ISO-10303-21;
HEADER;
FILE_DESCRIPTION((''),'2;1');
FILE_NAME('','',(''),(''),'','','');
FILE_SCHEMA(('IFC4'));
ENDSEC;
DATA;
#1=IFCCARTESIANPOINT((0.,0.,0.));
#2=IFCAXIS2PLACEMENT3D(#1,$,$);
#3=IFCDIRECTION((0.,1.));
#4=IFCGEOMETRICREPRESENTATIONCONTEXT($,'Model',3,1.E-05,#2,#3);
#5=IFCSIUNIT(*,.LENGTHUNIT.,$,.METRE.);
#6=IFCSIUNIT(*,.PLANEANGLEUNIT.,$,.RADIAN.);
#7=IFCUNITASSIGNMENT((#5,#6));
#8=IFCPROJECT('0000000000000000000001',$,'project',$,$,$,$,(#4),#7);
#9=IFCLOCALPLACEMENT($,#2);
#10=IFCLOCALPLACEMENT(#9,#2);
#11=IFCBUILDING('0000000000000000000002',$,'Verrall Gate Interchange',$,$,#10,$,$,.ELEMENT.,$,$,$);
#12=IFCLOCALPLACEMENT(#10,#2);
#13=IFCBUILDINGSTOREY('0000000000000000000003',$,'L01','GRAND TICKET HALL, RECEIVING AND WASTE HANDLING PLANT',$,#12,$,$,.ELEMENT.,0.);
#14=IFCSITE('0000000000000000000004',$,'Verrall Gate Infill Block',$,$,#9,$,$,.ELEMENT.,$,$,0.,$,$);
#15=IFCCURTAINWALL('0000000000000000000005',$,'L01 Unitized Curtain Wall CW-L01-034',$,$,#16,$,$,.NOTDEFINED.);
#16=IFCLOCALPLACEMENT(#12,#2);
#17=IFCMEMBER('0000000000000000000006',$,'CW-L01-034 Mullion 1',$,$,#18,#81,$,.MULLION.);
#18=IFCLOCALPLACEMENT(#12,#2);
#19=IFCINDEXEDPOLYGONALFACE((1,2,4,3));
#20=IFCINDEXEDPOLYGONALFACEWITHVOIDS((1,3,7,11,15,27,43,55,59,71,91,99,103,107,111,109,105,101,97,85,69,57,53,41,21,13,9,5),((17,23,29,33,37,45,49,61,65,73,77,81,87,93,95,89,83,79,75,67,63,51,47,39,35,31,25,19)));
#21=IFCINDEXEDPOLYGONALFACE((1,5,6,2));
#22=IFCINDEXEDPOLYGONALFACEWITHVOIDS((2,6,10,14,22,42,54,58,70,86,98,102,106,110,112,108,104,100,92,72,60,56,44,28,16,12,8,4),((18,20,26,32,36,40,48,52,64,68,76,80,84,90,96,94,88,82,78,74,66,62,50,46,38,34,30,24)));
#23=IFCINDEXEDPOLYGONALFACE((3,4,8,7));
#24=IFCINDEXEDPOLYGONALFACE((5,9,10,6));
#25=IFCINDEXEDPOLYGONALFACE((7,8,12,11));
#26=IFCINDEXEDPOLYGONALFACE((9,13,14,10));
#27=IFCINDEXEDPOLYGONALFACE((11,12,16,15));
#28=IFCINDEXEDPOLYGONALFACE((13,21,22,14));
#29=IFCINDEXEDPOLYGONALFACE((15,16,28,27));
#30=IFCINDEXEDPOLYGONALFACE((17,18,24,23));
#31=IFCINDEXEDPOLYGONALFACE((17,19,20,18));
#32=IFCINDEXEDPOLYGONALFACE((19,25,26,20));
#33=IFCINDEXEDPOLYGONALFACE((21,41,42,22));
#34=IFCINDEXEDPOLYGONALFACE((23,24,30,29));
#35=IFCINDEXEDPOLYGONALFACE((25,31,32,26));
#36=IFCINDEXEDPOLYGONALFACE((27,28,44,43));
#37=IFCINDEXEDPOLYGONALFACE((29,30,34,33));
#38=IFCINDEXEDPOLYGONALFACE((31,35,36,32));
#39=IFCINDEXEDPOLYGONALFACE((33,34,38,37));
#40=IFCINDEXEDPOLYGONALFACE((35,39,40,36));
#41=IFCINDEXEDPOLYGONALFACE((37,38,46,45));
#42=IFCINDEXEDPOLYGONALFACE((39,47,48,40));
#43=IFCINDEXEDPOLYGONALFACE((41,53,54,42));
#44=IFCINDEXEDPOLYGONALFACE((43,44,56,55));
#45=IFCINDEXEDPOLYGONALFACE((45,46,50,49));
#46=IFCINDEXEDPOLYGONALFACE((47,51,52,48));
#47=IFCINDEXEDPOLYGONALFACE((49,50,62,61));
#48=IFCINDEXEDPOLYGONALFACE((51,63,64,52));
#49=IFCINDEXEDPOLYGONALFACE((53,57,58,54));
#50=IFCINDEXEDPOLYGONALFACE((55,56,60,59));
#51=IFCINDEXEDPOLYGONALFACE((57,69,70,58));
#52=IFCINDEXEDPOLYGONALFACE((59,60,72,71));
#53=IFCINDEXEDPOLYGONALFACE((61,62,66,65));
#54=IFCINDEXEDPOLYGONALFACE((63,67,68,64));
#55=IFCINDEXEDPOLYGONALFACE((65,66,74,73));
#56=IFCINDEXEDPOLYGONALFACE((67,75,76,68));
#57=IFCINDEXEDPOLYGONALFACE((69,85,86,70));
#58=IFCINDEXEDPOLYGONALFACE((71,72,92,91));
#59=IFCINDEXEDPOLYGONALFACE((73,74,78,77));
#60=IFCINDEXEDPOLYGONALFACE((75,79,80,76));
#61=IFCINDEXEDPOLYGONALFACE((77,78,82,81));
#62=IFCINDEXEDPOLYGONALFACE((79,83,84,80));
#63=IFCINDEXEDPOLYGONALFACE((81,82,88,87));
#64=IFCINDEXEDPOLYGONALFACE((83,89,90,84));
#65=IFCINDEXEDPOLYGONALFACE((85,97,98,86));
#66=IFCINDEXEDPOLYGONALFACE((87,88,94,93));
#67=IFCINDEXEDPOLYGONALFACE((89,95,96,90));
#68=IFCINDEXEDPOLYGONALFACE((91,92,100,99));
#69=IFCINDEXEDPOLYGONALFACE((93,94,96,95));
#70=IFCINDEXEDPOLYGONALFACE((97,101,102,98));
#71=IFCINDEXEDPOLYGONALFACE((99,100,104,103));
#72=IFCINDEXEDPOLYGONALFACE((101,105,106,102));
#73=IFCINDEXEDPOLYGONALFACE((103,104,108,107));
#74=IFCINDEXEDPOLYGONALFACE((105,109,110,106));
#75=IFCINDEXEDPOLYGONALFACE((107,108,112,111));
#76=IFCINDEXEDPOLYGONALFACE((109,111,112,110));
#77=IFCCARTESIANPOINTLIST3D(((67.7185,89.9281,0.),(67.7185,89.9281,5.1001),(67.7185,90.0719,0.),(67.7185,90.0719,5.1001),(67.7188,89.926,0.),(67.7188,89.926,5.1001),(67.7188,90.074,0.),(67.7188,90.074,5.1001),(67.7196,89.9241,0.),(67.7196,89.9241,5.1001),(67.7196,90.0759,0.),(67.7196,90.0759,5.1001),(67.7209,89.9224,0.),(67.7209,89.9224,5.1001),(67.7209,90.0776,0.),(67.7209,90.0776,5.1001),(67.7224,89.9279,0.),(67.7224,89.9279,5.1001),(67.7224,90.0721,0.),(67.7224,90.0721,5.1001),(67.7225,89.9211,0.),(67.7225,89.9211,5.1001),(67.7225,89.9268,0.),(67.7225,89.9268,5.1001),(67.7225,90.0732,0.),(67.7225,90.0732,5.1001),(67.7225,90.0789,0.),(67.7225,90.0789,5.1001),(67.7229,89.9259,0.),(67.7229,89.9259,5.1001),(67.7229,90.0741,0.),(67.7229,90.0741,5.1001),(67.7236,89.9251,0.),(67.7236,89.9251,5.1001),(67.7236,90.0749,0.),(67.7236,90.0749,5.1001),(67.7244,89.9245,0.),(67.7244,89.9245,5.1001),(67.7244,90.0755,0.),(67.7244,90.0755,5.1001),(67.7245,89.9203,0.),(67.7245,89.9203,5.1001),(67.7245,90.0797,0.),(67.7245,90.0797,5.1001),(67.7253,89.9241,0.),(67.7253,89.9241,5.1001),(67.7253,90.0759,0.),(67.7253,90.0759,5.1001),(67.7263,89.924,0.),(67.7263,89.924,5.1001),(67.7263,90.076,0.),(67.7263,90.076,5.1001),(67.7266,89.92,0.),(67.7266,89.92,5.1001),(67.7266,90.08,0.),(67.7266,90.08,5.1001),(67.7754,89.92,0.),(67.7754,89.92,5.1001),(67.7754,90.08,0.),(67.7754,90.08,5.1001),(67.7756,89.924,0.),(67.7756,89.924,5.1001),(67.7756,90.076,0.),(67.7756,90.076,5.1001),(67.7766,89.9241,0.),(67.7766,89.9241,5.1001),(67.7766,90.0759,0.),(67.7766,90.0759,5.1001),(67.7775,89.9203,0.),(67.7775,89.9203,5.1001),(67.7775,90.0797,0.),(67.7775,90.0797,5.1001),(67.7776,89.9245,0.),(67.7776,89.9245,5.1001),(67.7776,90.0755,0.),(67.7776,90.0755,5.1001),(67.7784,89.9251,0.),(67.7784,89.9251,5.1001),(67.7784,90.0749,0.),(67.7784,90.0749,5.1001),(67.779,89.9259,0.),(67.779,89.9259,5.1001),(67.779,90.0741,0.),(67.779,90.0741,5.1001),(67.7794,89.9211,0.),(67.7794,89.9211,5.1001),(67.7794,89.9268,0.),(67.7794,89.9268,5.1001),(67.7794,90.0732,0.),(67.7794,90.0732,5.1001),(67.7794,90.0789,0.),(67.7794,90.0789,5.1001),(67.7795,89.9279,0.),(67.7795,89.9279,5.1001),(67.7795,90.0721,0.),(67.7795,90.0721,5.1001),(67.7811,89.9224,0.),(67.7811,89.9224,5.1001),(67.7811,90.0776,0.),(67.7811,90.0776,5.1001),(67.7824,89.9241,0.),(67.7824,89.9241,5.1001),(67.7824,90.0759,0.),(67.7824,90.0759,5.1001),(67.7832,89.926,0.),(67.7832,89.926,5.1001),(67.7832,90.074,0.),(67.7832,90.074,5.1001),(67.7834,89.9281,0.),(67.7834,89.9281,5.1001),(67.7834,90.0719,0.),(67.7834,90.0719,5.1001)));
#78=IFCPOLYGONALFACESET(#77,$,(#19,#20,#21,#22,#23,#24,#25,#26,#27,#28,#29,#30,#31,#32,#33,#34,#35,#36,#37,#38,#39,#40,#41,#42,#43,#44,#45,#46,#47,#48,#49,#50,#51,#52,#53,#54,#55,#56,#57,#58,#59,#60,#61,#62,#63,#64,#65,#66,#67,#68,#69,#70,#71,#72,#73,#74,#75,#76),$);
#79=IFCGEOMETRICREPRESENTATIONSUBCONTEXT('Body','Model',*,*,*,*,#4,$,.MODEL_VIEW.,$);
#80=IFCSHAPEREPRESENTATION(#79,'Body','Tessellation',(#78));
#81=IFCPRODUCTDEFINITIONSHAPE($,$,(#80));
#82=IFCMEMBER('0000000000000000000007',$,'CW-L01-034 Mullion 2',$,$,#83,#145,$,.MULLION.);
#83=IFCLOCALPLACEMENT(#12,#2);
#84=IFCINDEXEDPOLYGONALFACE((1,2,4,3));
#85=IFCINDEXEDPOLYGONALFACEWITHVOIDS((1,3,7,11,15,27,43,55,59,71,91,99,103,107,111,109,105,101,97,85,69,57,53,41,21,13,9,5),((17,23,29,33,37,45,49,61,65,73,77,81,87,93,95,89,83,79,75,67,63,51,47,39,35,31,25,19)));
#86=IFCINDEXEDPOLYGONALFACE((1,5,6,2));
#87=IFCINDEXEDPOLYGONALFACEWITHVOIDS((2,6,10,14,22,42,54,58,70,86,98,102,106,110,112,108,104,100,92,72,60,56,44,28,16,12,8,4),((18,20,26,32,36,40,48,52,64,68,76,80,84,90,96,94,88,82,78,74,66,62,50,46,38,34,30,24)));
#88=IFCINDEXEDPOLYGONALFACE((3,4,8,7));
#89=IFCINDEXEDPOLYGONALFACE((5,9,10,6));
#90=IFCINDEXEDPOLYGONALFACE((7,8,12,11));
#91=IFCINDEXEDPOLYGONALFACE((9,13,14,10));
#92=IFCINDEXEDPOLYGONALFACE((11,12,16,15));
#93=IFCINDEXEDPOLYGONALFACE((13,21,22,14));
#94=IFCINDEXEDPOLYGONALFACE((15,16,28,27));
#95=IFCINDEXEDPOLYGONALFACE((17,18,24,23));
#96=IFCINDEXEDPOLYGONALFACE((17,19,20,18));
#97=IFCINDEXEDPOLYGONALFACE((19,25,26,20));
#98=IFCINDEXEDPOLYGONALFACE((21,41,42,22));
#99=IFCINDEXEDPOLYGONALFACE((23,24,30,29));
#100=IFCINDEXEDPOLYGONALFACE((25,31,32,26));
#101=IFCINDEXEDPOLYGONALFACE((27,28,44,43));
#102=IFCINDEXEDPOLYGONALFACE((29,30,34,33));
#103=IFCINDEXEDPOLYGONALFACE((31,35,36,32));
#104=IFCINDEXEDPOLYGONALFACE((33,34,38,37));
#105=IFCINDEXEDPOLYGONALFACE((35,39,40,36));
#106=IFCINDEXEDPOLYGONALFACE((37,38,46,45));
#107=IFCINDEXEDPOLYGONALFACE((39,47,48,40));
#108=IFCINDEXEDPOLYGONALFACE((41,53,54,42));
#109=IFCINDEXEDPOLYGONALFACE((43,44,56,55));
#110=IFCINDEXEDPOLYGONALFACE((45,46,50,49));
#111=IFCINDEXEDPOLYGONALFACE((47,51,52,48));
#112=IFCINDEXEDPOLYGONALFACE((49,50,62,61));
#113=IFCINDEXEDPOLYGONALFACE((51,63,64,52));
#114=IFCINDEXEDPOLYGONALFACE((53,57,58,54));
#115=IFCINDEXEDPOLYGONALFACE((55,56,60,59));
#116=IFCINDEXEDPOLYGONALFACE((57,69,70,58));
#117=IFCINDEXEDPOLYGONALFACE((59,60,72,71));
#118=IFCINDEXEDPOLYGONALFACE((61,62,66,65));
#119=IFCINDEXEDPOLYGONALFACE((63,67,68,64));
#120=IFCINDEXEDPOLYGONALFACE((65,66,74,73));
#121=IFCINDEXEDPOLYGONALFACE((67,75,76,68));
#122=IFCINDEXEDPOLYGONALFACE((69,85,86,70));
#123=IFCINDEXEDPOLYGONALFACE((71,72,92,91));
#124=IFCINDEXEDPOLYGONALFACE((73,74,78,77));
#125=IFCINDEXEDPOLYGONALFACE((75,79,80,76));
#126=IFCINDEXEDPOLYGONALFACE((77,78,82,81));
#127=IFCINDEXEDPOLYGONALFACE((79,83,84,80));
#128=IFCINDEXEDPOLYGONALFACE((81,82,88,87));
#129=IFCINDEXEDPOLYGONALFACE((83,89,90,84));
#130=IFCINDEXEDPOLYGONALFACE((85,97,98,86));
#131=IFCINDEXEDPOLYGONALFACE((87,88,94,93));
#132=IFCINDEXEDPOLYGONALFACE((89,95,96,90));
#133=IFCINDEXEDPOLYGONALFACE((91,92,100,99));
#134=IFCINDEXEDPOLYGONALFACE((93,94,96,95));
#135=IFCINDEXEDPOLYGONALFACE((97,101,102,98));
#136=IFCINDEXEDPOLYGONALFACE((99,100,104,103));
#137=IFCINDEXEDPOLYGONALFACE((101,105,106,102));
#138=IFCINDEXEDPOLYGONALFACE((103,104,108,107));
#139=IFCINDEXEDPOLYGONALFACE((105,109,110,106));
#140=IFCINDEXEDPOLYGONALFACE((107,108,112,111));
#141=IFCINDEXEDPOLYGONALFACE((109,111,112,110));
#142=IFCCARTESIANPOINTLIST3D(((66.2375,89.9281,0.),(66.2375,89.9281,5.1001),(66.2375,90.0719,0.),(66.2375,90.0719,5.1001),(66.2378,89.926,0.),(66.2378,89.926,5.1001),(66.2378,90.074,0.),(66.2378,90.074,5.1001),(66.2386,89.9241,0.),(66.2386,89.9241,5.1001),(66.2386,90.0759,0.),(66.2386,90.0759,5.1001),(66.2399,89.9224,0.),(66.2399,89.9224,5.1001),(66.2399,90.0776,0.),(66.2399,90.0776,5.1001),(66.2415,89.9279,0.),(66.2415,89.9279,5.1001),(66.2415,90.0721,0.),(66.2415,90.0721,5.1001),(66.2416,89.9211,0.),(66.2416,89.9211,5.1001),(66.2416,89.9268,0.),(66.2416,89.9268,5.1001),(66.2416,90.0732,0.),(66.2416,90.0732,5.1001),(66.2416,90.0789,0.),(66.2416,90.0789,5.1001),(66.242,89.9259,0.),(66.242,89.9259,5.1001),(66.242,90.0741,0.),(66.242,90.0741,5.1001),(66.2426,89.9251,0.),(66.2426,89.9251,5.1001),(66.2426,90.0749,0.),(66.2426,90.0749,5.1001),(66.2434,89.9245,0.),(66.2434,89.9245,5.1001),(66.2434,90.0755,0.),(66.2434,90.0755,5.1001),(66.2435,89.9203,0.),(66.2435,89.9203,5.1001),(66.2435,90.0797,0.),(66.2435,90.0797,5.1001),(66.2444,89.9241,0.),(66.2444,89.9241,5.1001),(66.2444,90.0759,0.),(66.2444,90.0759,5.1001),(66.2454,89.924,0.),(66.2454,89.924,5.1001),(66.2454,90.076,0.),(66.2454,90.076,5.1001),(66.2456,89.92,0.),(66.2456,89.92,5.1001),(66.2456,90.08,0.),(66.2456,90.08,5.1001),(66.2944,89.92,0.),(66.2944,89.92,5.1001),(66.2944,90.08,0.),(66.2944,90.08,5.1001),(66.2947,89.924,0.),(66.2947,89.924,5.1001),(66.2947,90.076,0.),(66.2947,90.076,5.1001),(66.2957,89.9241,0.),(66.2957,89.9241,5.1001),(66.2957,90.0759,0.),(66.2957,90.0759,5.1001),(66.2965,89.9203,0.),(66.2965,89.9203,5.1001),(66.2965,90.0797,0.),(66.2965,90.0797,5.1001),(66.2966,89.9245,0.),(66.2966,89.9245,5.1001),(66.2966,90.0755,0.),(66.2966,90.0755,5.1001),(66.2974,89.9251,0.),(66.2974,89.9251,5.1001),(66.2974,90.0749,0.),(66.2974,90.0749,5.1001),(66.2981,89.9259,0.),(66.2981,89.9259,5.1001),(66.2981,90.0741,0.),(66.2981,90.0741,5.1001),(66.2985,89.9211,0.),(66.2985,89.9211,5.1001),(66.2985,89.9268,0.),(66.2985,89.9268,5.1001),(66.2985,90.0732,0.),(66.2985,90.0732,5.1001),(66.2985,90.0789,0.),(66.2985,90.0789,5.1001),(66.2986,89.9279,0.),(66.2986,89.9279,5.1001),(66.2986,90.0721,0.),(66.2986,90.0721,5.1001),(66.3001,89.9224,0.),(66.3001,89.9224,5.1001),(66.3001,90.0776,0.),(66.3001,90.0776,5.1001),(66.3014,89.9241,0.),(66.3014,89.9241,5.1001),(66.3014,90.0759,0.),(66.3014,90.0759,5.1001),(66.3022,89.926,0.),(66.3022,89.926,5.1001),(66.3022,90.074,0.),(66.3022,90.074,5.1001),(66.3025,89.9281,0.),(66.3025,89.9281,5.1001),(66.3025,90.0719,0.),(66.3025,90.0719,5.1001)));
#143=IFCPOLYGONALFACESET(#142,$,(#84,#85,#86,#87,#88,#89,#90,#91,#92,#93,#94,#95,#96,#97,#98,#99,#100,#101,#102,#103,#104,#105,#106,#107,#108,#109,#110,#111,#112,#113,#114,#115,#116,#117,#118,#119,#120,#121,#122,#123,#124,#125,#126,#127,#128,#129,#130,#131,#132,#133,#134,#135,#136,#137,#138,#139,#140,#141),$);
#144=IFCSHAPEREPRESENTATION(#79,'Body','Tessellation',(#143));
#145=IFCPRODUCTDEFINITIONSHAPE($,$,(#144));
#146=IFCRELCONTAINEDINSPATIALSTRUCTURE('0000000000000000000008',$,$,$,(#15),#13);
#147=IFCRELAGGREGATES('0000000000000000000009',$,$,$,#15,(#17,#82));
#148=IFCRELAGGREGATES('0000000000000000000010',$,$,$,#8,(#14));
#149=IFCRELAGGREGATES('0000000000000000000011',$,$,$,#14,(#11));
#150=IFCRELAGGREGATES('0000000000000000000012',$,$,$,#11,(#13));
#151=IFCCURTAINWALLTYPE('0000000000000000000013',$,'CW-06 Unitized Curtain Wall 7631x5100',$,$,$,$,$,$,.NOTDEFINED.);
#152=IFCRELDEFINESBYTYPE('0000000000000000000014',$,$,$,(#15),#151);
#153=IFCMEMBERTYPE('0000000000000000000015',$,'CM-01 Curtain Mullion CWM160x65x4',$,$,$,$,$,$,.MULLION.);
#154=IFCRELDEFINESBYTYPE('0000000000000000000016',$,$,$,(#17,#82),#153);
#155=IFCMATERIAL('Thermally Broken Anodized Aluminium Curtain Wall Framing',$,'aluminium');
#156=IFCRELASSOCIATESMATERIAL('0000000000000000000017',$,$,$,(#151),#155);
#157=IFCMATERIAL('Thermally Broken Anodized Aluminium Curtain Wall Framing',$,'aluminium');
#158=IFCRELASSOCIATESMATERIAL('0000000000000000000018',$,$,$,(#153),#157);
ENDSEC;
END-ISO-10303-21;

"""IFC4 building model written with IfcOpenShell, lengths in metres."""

from ifc_helpers import new_model, si_unit, direction, frame, origin, origin_2d, place, context, subcontext, project, spatial, hollow_rectangle, extrude, material, material_profile, profile_set, type_object, element, aggregate, save


model = new_model("IFC4")

# Units and contexts
model_context = context("Model", 3, precision=1e-05, world=origin(), true_north=direction((0.0, 1.0)))
body_context = subcontext(model_context, "Body", "Model", "MODEL_VIEW")
ifc_project = project(units=[si_unit("LENGTHUNIT", "METRE"), si_unit("PLANEANGLEUNIT", "RADIAN")], contexts=[model_context])

# Site, building, storey
site_placement = place(None, origin())
site = spatial("IfcSite", under=ifc_project, at=site_placement, Name="Verrall Gate Infill Block", CompositionType="ELEMENT", RefElevation=0.0)
building_placement = place(site_placement, origin())
building = spatial("IfcBuilding", under=site, at=building_placement, Name="Verrall Gate Interchange", CompositionType="ELEMENT")
storey_placement = place(building_placement, origin())
storey = spatial("IfcBuildingStorey", under=building, at=storey_placement, Name="L01", Description="GRAND TICKET HALL, RECEIVING AND WASTE HANDLING PLANT", CompositionType="ELEMENT", Elevation=0.0)

# Curtain wall, members
ifc_material_1 = material(Name="Thermally Broken Anodized Aluminium Curtain Wall Framing", Category="aluminium")
curtain_wall_type = type_object("IfcCurtainWallType", Name="CW-06 Unitized Curtain Wall 7631x5100", PredefinedType="NOTDEFINED", material=ifc_material_1)
curtain_wall_1_placement = place(storey_placement, origin())
curtain_wall_1 = element("IfcCurtainWall", 1, at=curtain_wall_1_placement, inside=storey, type_object=curtain_wall_type, Name="L01 Unitized Curtain Wall CW-L01-034", PredefinedType="NOTDEFINED")
ifc_material_2 = material(Name="Thermally Broken Anodized Aluminium Curtain Wall Framing", Category="aluminium")
ifc_material_profile_1 = material_profile(ifc_material_2, hollow_rectangle(XDim=0.0649, YDim=0.1599, WallThickness=0.0039, InnerFilletRadius=0.0039, OuterFilletRadius=0.0081, at=origin_2d()), Name="CWM160x65x4")
ifc_profile_set_1 = profile_set([ifc_material_profile_1], Name="Thermally Broken Anodized Aluminium Curtain Wall Framing")
member_type_1 = type_object("IfcMemberType", Name="CM-01 Curtain Mullion CWM160x65x4", PredefinedType="MULLION", material=ifc_profile_set_1)
member_1_placement = place(storey_placement, frame((67.751, 90.0, 0.0), z_axis=(0.0, 0.0, 1.0), x_axis=(-1.0, 0.0, 0.0)))
member_1 = element("IfcMember", 2, at=member_1_placement, type_object=member_type_1, Name="CW-L01-034 Mullion 1", PredefinedType="MULLION", context=body_context, shape_type="SweptSolid", body=[
    extrude(hollow_rectangle(XDim=0.0649, YDim=0.1599, WallThickness=0.0039, InnerFilletRadius=0.0039, OuterFilletRadius=0.0081, at=origin_2d()), origin(), (0.0, 0.0, 1.0), 5.1001),
])
member_2_placement = place(storey_placement, frame((66.27, 90.0, 0.0), z_axis=(0.0, 0.0, 1.0), x_axis=(-1.0, 0.0, 0.0)))
member_2 = element("IfcMember", 3, at=member_2_placement, type_object=member_type_1, Name="CW-L01-034 Mullion 2", PredefinedType="MULLION", context=body_context, shape_type="SweptSolid", body=[
    extrude(hollow_rectangle(XDim=0.0649, YDim=0.1599, WallThickness=0.0039, InnerFilletRadius=0.0039, OuterFilletRadius=0.0081, at=origin_2d()), origin(), (0.0, 0.0, 1.0), 5.1001),
])

aggregate(curtain_wall_1, [member_1, member_2])

save(model, "model.ifc")
